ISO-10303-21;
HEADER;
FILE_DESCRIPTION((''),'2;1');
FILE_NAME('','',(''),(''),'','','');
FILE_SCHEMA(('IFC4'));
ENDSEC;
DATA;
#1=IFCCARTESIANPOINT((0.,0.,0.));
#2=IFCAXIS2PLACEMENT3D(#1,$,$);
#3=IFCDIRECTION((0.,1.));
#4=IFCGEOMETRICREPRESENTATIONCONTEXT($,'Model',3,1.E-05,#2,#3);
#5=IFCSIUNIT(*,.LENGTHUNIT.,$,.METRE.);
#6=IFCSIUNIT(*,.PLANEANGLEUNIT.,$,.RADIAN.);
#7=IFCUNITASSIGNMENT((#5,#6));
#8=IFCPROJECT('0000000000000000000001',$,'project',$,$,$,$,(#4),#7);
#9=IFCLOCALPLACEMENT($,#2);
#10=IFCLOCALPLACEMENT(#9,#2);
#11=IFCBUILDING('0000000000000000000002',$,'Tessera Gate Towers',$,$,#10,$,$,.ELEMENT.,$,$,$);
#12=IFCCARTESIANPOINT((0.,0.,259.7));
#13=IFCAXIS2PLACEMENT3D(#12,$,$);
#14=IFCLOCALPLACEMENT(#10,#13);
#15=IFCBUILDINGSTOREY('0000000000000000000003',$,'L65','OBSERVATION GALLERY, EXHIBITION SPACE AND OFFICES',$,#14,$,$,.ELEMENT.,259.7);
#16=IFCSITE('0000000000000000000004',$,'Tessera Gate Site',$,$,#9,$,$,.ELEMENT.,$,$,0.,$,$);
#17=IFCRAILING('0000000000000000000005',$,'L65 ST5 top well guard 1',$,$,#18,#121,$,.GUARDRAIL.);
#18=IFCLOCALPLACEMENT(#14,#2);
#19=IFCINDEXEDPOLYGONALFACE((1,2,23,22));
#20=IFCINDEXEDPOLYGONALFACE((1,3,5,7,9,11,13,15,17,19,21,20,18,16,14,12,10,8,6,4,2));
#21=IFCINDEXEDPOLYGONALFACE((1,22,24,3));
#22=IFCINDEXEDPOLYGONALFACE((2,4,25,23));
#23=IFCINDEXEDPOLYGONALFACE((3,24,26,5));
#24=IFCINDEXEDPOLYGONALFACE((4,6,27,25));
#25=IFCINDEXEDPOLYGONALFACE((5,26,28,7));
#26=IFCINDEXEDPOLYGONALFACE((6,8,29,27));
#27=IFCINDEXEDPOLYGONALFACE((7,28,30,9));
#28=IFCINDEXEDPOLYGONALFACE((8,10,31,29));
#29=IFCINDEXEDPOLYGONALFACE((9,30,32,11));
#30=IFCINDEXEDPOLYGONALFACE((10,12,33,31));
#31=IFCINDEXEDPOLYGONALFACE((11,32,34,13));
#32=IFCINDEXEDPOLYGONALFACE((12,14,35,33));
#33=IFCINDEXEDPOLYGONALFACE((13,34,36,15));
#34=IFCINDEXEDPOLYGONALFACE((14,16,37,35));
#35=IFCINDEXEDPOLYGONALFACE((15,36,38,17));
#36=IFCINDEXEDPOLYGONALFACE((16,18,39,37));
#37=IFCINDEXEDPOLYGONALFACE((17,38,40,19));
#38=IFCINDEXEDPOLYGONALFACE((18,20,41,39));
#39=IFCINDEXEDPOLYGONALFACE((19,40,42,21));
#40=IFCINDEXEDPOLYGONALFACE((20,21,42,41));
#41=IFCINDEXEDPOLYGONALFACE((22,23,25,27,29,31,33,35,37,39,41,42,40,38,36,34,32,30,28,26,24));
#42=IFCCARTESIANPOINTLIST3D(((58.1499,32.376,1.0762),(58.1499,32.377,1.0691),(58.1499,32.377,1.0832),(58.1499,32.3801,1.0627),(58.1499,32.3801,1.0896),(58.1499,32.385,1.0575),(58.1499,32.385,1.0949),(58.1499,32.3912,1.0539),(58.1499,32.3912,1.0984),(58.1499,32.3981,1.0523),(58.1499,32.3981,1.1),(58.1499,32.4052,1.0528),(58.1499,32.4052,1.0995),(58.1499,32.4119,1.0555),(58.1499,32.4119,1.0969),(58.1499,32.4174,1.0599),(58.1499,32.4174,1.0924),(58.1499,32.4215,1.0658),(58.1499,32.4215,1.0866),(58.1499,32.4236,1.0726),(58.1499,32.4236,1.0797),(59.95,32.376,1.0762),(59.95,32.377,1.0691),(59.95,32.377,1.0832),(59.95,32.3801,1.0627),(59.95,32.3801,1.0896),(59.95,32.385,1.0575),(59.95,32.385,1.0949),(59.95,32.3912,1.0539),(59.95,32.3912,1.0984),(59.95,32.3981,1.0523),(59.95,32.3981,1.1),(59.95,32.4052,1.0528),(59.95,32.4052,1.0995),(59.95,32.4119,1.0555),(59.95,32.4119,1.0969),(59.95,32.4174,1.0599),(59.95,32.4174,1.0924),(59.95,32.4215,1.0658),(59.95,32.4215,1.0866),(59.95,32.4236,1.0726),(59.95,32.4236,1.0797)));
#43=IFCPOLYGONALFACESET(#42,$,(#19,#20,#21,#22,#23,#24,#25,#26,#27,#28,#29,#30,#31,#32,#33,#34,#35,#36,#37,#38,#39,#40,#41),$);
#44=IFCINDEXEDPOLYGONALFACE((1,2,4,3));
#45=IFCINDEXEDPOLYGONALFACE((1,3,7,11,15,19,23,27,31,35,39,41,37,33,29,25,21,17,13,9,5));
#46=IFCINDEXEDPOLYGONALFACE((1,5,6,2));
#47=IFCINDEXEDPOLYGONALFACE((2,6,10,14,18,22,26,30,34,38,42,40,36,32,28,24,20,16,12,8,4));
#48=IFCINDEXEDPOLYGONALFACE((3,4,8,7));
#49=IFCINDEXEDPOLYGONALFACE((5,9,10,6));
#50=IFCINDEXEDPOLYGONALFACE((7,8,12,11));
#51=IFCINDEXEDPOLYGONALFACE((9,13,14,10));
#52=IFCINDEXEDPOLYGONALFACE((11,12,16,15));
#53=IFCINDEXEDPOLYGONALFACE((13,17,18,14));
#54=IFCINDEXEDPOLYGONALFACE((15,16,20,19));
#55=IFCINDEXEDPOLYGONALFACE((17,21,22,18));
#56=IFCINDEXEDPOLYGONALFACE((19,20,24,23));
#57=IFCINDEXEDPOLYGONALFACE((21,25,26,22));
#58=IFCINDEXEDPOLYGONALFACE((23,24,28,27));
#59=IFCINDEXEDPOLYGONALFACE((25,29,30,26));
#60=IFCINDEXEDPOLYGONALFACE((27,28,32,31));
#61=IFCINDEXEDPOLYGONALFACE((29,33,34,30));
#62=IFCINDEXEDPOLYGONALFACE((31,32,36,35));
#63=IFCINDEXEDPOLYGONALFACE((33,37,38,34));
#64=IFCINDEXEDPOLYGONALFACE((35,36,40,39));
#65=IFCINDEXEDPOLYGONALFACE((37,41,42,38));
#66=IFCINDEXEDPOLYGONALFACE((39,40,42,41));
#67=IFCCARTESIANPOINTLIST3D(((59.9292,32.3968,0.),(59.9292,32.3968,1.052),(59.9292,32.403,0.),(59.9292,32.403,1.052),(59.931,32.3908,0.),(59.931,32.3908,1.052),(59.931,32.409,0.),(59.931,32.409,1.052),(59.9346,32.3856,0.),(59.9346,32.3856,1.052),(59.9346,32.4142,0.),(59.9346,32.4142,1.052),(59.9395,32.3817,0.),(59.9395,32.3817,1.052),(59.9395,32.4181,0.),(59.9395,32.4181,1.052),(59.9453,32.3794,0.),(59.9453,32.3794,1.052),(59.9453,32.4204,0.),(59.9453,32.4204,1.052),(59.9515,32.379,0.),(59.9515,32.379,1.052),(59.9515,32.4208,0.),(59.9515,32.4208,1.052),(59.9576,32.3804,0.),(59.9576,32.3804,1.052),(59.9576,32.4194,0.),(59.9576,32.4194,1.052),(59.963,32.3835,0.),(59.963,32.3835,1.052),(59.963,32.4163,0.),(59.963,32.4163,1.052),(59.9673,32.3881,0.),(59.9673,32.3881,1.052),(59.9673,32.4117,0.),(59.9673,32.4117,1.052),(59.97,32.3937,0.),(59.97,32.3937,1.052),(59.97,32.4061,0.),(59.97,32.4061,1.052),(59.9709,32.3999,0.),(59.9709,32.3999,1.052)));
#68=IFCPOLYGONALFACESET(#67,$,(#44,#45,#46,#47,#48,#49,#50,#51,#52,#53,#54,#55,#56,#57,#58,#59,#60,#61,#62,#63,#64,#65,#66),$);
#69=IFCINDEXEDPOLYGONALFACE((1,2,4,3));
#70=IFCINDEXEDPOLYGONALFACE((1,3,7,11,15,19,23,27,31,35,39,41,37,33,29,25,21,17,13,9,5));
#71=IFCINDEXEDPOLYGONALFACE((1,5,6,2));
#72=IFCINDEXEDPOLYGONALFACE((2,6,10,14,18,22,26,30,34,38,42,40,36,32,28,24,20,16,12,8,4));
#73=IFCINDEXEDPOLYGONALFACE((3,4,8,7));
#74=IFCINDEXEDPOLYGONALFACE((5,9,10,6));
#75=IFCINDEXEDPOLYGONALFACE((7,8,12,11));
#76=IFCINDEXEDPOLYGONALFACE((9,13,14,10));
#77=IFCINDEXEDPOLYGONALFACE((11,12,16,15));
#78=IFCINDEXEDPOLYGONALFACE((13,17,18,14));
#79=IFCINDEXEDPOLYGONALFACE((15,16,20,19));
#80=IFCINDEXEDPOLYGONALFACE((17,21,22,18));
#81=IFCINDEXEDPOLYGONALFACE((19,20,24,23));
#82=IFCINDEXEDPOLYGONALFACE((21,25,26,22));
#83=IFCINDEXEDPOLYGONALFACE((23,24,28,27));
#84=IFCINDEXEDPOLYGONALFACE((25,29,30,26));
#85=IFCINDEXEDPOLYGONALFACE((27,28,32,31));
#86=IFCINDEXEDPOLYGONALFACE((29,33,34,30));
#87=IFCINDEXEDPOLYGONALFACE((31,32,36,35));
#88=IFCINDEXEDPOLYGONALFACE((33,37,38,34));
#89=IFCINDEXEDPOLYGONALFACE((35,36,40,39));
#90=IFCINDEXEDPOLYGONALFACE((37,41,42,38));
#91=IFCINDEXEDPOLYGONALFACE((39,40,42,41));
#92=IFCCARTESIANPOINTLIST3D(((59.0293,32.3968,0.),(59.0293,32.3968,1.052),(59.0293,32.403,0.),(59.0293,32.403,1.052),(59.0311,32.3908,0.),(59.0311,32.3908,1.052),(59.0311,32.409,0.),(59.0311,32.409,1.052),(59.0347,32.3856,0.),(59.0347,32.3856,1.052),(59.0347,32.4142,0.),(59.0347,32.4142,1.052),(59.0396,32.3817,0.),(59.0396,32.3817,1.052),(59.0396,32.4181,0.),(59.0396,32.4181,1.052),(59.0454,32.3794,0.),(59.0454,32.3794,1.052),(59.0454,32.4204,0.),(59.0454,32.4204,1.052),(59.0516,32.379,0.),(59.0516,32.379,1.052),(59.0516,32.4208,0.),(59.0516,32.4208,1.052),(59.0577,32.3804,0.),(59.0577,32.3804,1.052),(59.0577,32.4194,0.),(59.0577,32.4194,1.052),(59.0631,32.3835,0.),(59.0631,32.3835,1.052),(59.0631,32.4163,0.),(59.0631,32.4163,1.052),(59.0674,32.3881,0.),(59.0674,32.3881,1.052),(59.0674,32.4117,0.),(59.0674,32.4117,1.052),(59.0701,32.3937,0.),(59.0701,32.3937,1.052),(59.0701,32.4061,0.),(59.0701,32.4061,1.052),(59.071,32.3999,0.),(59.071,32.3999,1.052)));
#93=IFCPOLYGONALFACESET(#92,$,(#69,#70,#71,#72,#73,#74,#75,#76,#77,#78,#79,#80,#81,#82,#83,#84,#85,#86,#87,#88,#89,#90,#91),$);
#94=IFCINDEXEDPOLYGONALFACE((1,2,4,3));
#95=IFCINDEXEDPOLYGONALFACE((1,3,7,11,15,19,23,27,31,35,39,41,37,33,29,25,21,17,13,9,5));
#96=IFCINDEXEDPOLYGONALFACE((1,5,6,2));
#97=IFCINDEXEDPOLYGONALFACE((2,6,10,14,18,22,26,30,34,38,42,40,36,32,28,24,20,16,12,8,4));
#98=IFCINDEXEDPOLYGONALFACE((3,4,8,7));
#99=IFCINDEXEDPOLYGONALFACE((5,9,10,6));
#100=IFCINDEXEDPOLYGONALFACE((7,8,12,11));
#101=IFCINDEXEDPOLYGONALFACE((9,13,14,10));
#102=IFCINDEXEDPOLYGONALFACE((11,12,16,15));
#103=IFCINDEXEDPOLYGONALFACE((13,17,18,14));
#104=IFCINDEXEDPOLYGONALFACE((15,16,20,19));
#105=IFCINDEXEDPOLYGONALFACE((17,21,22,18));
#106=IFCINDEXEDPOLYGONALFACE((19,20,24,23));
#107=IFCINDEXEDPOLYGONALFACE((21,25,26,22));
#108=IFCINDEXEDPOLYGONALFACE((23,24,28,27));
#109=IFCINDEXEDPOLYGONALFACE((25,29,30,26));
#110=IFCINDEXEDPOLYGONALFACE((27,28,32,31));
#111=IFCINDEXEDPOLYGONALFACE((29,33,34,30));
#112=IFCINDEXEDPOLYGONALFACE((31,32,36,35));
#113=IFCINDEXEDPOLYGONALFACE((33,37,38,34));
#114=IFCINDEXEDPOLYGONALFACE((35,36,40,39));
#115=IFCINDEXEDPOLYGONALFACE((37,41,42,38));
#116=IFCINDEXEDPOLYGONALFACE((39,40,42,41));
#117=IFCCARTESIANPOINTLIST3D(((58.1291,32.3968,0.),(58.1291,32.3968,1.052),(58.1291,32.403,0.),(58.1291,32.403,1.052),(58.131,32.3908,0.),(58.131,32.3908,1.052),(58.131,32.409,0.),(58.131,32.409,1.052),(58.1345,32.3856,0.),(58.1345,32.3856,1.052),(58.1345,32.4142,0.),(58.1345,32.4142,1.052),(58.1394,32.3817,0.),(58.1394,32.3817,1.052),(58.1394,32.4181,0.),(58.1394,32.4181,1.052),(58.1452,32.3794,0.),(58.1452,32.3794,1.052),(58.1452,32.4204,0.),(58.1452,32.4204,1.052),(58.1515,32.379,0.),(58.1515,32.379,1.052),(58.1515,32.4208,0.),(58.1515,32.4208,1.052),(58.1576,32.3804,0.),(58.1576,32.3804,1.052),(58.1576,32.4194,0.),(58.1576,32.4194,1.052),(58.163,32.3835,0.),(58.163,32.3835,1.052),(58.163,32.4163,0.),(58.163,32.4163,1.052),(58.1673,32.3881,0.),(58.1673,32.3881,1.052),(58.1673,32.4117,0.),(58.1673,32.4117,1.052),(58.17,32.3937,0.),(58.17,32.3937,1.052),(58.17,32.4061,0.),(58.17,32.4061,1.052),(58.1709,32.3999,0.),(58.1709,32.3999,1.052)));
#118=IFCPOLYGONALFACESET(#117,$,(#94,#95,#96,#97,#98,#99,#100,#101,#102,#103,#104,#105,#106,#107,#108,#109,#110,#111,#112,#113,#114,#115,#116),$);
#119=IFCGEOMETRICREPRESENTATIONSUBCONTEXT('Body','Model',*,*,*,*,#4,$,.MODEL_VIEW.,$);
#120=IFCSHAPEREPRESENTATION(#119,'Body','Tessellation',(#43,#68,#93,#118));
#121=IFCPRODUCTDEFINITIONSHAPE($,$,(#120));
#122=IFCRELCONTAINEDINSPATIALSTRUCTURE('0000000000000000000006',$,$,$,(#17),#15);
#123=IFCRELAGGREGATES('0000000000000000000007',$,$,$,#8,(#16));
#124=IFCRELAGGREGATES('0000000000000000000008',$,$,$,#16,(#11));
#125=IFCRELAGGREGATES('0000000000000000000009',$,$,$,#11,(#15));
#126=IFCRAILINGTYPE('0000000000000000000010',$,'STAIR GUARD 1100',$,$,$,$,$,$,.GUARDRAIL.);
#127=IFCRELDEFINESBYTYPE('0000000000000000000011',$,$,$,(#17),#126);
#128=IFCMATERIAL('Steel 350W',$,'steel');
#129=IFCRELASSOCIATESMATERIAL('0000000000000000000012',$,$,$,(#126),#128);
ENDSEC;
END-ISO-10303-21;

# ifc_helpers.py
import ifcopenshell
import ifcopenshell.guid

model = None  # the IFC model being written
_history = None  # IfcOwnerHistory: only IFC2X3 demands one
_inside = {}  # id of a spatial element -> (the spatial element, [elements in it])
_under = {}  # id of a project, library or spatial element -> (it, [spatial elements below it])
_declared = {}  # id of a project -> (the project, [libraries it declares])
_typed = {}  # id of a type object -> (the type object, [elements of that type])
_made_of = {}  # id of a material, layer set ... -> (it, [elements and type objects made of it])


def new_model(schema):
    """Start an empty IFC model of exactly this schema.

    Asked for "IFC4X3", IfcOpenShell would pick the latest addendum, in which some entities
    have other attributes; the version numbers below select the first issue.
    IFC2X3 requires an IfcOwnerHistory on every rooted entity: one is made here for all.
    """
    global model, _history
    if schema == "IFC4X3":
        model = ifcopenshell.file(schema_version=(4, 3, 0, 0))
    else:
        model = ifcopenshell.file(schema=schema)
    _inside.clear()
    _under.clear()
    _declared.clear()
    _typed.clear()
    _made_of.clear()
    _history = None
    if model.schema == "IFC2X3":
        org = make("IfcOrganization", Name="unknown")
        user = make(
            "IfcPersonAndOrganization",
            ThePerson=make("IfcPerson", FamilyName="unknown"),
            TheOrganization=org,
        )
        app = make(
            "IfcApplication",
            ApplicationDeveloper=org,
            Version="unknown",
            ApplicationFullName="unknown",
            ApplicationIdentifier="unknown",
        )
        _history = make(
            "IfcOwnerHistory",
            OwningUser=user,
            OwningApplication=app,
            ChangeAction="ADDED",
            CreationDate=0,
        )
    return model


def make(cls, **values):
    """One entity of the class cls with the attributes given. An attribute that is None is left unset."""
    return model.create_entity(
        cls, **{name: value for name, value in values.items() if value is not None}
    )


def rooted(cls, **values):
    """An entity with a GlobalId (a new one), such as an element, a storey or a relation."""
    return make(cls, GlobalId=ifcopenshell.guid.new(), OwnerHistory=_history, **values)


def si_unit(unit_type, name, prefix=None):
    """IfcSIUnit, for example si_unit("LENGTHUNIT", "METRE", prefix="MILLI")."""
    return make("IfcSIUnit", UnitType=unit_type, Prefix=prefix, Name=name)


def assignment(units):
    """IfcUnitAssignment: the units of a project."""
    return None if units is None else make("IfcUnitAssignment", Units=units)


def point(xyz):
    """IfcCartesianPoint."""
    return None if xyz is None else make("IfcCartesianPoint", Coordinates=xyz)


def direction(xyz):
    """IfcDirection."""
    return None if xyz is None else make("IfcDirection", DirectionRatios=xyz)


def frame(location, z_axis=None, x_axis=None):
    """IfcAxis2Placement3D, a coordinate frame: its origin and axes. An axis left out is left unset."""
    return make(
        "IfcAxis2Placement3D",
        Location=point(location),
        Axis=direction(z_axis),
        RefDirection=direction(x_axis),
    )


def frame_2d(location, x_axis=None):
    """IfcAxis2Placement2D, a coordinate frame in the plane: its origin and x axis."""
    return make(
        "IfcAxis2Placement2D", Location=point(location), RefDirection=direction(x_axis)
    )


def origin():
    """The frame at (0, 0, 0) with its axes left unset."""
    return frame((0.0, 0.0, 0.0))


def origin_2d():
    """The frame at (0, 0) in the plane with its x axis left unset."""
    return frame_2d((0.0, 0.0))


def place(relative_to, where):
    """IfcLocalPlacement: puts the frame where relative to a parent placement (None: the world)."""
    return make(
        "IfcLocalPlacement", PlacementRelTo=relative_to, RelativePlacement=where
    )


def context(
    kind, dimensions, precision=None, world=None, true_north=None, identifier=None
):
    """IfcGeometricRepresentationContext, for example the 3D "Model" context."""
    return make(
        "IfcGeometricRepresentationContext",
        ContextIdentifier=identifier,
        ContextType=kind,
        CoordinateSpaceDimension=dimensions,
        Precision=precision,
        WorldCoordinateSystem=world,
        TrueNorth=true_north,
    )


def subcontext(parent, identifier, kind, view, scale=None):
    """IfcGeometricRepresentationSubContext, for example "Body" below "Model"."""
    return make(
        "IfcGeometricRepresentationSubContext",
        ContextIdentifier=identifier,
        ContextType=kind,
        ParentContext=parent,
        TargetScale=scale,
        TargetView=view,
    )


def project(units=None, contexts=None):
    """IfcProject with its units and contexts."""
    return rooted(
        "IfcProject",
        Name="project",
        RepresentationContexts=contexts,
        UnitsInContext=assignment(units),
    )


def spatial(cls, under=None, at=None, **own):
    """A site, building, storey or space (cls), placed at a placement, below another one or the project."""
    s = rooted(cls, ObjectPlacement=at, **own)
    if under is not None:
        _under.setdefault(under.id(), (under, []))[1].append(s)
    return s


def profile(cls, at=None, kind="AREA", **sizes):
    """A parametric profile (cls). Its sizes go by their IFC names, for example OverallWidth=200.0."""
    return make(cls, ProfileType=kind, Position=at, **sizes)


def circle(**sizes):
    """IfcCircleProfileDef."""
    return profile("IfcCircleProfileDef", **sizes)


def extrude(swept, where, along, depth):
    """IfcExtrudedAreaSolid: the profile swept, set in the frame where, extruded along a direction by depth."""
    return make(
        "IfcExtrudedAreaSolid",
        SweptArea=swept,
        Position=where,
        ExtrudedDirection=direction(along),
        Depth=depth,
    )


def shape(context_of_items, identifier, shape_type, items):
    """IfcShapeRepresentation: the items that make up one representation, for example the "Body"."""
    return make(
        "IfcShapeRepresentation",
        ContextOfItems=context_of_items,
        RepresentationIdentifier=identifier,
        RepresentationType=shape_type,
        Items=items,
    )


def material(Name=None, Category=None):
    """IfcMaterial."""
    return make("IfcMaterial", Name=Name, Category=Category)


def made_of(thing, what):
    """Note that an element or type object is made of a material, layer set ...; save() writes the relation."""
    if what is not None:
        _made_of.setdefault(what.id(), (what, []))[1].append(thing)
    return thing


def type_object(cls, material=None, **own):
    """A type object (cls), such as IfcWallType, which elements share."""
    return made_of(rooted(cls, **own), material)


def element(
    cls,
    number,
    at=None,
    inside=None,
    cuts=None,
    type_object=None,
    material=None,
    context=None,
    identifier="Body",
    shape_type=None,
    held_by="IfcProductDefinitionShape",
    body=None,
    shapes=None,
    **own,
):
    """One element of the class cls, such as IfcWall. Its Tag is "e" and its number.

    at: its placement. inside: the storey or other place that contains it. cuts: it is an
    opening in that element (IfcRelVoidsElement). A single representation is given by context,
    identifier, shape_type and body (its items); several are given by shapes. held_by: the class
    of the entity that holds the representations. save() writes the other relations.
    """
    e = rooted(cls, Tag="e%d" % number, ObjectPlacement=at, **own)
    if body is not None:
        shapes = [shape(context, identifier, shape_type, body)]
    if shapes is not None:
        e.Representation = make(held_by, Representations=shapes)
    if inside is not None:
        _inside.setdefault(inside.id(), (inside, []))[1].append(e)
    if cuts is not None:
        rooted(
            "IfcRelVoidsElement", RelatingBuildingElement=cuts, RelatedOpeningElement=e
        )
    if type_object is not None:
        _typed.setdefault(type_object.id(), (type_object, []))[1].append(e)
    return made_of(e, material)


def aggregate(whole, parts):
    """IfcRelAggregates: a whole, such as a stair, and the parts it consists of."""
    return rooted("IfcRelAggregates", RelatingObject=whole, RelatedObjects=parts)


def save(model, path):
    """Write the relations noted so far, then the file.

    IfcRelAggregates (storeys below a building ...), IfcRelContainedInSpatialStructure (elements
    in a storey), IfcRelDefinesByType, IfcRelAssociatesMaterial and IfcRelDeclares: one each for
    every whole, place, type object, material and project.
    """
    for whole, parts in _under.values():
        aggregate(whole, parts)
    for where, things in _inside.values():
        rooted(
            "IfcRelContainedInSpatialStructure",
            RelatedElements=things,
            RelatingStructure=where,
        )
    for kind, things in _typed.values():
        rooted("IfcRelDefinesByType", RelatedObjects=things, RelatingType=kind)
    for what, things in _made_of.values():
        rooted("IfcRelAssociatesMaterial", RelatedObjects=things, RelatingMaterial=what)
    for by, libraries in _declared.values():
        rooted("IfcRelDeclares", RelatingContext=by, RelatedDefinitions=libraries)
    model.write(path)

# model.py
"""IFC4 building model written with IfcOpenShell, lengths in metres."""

from ifc_helpers import new_model, si_unit, direction, frame, origin, origin_2d, place, context, subcontext, project, spatial, circle, extrude, material, type_object, element, save


model = new_model("IFC4")

# Units and contexts
model_context = context("Model", 3, precision=1e-05, world=origin(), true_north=direction((0.0, 1.0)))
body_context = subcontext(model_context, "Body", "Model", "MODEL_VIEW")
ifc_project = project(units=[si_unit("LENGTHUNIT", "METRE"), si_unit("PLANEANGLEUNIT", "RADIAN")], contexts=[model_context])

# Site, building, storey
site_placement = place(None, origin())
site = spatial("IfcSite", under=ifc_project, at=site_placement, Name="Tessera Gate Site", CompositionType="ELEMENT", RefElevation=0.0)
building_placement = place(site_placement, origin())
building = spatial("IfcBuilding", under=site, at=building_placement, Name="Tessera Gate Towers", CompositionType="ELEMENT")
storey_placement = place(building_placement, frame((0.0, 0.0, 259.7)))
storey = spatial("IfcBuildingStorey", under=building, at=storey_placement, Name="L65", Description="OBSERVATION GALLERY, EXHIBITION SPACE AND OFFICES", CompositionType="ELEMENT", Elevation=259.7)

# Railing
ifc_material_1 = material(Name="Steel 350W", Category="steel")
railing_type = type_object("IfcRailingType", Name="STAIR GUARD 1100", PredefinedType="GUARDRAIL", material=ifc_material_1)
railing_placement = place(storey_placement, frame((59.95, 32.3999, 0.0)))
element("IfcRailing", 1, at=railing_placement, inside=storey, type_object=railing_type, Name="L65 ST5 top well guard 1", PredefinedType="GUARDRAIL", context=body_context, shape_type="SweptSolid", body=[
    extrude(circle(Radius=0.0239, at=origin_2d()), frame((0.0, 0.0, 1.0762), z_axis=(-1.0, 0.0, 0.0), x_axis=(0.0, -1.0, 0.0)), (0.0, 0.0, 1.0), 1.8),
    extrude(circle(Radius=0.021, at=origin_2d()), origin(), (0.0, 0.0, 1.0), 1.052),
    extrude(circle(Radius=0.021, at=origin_2d()), frame((-0.8999, 0.0, 0.0)), (0.0, 0.0, 1.0), 1.052),
    extrude(circle(Radius=0.021, at=origin_2d()), frame((-1.8, 0.0, 0.0)), (0.0, 0.0, 1.0), 1.052),
])

save(model, "model.ifc")
